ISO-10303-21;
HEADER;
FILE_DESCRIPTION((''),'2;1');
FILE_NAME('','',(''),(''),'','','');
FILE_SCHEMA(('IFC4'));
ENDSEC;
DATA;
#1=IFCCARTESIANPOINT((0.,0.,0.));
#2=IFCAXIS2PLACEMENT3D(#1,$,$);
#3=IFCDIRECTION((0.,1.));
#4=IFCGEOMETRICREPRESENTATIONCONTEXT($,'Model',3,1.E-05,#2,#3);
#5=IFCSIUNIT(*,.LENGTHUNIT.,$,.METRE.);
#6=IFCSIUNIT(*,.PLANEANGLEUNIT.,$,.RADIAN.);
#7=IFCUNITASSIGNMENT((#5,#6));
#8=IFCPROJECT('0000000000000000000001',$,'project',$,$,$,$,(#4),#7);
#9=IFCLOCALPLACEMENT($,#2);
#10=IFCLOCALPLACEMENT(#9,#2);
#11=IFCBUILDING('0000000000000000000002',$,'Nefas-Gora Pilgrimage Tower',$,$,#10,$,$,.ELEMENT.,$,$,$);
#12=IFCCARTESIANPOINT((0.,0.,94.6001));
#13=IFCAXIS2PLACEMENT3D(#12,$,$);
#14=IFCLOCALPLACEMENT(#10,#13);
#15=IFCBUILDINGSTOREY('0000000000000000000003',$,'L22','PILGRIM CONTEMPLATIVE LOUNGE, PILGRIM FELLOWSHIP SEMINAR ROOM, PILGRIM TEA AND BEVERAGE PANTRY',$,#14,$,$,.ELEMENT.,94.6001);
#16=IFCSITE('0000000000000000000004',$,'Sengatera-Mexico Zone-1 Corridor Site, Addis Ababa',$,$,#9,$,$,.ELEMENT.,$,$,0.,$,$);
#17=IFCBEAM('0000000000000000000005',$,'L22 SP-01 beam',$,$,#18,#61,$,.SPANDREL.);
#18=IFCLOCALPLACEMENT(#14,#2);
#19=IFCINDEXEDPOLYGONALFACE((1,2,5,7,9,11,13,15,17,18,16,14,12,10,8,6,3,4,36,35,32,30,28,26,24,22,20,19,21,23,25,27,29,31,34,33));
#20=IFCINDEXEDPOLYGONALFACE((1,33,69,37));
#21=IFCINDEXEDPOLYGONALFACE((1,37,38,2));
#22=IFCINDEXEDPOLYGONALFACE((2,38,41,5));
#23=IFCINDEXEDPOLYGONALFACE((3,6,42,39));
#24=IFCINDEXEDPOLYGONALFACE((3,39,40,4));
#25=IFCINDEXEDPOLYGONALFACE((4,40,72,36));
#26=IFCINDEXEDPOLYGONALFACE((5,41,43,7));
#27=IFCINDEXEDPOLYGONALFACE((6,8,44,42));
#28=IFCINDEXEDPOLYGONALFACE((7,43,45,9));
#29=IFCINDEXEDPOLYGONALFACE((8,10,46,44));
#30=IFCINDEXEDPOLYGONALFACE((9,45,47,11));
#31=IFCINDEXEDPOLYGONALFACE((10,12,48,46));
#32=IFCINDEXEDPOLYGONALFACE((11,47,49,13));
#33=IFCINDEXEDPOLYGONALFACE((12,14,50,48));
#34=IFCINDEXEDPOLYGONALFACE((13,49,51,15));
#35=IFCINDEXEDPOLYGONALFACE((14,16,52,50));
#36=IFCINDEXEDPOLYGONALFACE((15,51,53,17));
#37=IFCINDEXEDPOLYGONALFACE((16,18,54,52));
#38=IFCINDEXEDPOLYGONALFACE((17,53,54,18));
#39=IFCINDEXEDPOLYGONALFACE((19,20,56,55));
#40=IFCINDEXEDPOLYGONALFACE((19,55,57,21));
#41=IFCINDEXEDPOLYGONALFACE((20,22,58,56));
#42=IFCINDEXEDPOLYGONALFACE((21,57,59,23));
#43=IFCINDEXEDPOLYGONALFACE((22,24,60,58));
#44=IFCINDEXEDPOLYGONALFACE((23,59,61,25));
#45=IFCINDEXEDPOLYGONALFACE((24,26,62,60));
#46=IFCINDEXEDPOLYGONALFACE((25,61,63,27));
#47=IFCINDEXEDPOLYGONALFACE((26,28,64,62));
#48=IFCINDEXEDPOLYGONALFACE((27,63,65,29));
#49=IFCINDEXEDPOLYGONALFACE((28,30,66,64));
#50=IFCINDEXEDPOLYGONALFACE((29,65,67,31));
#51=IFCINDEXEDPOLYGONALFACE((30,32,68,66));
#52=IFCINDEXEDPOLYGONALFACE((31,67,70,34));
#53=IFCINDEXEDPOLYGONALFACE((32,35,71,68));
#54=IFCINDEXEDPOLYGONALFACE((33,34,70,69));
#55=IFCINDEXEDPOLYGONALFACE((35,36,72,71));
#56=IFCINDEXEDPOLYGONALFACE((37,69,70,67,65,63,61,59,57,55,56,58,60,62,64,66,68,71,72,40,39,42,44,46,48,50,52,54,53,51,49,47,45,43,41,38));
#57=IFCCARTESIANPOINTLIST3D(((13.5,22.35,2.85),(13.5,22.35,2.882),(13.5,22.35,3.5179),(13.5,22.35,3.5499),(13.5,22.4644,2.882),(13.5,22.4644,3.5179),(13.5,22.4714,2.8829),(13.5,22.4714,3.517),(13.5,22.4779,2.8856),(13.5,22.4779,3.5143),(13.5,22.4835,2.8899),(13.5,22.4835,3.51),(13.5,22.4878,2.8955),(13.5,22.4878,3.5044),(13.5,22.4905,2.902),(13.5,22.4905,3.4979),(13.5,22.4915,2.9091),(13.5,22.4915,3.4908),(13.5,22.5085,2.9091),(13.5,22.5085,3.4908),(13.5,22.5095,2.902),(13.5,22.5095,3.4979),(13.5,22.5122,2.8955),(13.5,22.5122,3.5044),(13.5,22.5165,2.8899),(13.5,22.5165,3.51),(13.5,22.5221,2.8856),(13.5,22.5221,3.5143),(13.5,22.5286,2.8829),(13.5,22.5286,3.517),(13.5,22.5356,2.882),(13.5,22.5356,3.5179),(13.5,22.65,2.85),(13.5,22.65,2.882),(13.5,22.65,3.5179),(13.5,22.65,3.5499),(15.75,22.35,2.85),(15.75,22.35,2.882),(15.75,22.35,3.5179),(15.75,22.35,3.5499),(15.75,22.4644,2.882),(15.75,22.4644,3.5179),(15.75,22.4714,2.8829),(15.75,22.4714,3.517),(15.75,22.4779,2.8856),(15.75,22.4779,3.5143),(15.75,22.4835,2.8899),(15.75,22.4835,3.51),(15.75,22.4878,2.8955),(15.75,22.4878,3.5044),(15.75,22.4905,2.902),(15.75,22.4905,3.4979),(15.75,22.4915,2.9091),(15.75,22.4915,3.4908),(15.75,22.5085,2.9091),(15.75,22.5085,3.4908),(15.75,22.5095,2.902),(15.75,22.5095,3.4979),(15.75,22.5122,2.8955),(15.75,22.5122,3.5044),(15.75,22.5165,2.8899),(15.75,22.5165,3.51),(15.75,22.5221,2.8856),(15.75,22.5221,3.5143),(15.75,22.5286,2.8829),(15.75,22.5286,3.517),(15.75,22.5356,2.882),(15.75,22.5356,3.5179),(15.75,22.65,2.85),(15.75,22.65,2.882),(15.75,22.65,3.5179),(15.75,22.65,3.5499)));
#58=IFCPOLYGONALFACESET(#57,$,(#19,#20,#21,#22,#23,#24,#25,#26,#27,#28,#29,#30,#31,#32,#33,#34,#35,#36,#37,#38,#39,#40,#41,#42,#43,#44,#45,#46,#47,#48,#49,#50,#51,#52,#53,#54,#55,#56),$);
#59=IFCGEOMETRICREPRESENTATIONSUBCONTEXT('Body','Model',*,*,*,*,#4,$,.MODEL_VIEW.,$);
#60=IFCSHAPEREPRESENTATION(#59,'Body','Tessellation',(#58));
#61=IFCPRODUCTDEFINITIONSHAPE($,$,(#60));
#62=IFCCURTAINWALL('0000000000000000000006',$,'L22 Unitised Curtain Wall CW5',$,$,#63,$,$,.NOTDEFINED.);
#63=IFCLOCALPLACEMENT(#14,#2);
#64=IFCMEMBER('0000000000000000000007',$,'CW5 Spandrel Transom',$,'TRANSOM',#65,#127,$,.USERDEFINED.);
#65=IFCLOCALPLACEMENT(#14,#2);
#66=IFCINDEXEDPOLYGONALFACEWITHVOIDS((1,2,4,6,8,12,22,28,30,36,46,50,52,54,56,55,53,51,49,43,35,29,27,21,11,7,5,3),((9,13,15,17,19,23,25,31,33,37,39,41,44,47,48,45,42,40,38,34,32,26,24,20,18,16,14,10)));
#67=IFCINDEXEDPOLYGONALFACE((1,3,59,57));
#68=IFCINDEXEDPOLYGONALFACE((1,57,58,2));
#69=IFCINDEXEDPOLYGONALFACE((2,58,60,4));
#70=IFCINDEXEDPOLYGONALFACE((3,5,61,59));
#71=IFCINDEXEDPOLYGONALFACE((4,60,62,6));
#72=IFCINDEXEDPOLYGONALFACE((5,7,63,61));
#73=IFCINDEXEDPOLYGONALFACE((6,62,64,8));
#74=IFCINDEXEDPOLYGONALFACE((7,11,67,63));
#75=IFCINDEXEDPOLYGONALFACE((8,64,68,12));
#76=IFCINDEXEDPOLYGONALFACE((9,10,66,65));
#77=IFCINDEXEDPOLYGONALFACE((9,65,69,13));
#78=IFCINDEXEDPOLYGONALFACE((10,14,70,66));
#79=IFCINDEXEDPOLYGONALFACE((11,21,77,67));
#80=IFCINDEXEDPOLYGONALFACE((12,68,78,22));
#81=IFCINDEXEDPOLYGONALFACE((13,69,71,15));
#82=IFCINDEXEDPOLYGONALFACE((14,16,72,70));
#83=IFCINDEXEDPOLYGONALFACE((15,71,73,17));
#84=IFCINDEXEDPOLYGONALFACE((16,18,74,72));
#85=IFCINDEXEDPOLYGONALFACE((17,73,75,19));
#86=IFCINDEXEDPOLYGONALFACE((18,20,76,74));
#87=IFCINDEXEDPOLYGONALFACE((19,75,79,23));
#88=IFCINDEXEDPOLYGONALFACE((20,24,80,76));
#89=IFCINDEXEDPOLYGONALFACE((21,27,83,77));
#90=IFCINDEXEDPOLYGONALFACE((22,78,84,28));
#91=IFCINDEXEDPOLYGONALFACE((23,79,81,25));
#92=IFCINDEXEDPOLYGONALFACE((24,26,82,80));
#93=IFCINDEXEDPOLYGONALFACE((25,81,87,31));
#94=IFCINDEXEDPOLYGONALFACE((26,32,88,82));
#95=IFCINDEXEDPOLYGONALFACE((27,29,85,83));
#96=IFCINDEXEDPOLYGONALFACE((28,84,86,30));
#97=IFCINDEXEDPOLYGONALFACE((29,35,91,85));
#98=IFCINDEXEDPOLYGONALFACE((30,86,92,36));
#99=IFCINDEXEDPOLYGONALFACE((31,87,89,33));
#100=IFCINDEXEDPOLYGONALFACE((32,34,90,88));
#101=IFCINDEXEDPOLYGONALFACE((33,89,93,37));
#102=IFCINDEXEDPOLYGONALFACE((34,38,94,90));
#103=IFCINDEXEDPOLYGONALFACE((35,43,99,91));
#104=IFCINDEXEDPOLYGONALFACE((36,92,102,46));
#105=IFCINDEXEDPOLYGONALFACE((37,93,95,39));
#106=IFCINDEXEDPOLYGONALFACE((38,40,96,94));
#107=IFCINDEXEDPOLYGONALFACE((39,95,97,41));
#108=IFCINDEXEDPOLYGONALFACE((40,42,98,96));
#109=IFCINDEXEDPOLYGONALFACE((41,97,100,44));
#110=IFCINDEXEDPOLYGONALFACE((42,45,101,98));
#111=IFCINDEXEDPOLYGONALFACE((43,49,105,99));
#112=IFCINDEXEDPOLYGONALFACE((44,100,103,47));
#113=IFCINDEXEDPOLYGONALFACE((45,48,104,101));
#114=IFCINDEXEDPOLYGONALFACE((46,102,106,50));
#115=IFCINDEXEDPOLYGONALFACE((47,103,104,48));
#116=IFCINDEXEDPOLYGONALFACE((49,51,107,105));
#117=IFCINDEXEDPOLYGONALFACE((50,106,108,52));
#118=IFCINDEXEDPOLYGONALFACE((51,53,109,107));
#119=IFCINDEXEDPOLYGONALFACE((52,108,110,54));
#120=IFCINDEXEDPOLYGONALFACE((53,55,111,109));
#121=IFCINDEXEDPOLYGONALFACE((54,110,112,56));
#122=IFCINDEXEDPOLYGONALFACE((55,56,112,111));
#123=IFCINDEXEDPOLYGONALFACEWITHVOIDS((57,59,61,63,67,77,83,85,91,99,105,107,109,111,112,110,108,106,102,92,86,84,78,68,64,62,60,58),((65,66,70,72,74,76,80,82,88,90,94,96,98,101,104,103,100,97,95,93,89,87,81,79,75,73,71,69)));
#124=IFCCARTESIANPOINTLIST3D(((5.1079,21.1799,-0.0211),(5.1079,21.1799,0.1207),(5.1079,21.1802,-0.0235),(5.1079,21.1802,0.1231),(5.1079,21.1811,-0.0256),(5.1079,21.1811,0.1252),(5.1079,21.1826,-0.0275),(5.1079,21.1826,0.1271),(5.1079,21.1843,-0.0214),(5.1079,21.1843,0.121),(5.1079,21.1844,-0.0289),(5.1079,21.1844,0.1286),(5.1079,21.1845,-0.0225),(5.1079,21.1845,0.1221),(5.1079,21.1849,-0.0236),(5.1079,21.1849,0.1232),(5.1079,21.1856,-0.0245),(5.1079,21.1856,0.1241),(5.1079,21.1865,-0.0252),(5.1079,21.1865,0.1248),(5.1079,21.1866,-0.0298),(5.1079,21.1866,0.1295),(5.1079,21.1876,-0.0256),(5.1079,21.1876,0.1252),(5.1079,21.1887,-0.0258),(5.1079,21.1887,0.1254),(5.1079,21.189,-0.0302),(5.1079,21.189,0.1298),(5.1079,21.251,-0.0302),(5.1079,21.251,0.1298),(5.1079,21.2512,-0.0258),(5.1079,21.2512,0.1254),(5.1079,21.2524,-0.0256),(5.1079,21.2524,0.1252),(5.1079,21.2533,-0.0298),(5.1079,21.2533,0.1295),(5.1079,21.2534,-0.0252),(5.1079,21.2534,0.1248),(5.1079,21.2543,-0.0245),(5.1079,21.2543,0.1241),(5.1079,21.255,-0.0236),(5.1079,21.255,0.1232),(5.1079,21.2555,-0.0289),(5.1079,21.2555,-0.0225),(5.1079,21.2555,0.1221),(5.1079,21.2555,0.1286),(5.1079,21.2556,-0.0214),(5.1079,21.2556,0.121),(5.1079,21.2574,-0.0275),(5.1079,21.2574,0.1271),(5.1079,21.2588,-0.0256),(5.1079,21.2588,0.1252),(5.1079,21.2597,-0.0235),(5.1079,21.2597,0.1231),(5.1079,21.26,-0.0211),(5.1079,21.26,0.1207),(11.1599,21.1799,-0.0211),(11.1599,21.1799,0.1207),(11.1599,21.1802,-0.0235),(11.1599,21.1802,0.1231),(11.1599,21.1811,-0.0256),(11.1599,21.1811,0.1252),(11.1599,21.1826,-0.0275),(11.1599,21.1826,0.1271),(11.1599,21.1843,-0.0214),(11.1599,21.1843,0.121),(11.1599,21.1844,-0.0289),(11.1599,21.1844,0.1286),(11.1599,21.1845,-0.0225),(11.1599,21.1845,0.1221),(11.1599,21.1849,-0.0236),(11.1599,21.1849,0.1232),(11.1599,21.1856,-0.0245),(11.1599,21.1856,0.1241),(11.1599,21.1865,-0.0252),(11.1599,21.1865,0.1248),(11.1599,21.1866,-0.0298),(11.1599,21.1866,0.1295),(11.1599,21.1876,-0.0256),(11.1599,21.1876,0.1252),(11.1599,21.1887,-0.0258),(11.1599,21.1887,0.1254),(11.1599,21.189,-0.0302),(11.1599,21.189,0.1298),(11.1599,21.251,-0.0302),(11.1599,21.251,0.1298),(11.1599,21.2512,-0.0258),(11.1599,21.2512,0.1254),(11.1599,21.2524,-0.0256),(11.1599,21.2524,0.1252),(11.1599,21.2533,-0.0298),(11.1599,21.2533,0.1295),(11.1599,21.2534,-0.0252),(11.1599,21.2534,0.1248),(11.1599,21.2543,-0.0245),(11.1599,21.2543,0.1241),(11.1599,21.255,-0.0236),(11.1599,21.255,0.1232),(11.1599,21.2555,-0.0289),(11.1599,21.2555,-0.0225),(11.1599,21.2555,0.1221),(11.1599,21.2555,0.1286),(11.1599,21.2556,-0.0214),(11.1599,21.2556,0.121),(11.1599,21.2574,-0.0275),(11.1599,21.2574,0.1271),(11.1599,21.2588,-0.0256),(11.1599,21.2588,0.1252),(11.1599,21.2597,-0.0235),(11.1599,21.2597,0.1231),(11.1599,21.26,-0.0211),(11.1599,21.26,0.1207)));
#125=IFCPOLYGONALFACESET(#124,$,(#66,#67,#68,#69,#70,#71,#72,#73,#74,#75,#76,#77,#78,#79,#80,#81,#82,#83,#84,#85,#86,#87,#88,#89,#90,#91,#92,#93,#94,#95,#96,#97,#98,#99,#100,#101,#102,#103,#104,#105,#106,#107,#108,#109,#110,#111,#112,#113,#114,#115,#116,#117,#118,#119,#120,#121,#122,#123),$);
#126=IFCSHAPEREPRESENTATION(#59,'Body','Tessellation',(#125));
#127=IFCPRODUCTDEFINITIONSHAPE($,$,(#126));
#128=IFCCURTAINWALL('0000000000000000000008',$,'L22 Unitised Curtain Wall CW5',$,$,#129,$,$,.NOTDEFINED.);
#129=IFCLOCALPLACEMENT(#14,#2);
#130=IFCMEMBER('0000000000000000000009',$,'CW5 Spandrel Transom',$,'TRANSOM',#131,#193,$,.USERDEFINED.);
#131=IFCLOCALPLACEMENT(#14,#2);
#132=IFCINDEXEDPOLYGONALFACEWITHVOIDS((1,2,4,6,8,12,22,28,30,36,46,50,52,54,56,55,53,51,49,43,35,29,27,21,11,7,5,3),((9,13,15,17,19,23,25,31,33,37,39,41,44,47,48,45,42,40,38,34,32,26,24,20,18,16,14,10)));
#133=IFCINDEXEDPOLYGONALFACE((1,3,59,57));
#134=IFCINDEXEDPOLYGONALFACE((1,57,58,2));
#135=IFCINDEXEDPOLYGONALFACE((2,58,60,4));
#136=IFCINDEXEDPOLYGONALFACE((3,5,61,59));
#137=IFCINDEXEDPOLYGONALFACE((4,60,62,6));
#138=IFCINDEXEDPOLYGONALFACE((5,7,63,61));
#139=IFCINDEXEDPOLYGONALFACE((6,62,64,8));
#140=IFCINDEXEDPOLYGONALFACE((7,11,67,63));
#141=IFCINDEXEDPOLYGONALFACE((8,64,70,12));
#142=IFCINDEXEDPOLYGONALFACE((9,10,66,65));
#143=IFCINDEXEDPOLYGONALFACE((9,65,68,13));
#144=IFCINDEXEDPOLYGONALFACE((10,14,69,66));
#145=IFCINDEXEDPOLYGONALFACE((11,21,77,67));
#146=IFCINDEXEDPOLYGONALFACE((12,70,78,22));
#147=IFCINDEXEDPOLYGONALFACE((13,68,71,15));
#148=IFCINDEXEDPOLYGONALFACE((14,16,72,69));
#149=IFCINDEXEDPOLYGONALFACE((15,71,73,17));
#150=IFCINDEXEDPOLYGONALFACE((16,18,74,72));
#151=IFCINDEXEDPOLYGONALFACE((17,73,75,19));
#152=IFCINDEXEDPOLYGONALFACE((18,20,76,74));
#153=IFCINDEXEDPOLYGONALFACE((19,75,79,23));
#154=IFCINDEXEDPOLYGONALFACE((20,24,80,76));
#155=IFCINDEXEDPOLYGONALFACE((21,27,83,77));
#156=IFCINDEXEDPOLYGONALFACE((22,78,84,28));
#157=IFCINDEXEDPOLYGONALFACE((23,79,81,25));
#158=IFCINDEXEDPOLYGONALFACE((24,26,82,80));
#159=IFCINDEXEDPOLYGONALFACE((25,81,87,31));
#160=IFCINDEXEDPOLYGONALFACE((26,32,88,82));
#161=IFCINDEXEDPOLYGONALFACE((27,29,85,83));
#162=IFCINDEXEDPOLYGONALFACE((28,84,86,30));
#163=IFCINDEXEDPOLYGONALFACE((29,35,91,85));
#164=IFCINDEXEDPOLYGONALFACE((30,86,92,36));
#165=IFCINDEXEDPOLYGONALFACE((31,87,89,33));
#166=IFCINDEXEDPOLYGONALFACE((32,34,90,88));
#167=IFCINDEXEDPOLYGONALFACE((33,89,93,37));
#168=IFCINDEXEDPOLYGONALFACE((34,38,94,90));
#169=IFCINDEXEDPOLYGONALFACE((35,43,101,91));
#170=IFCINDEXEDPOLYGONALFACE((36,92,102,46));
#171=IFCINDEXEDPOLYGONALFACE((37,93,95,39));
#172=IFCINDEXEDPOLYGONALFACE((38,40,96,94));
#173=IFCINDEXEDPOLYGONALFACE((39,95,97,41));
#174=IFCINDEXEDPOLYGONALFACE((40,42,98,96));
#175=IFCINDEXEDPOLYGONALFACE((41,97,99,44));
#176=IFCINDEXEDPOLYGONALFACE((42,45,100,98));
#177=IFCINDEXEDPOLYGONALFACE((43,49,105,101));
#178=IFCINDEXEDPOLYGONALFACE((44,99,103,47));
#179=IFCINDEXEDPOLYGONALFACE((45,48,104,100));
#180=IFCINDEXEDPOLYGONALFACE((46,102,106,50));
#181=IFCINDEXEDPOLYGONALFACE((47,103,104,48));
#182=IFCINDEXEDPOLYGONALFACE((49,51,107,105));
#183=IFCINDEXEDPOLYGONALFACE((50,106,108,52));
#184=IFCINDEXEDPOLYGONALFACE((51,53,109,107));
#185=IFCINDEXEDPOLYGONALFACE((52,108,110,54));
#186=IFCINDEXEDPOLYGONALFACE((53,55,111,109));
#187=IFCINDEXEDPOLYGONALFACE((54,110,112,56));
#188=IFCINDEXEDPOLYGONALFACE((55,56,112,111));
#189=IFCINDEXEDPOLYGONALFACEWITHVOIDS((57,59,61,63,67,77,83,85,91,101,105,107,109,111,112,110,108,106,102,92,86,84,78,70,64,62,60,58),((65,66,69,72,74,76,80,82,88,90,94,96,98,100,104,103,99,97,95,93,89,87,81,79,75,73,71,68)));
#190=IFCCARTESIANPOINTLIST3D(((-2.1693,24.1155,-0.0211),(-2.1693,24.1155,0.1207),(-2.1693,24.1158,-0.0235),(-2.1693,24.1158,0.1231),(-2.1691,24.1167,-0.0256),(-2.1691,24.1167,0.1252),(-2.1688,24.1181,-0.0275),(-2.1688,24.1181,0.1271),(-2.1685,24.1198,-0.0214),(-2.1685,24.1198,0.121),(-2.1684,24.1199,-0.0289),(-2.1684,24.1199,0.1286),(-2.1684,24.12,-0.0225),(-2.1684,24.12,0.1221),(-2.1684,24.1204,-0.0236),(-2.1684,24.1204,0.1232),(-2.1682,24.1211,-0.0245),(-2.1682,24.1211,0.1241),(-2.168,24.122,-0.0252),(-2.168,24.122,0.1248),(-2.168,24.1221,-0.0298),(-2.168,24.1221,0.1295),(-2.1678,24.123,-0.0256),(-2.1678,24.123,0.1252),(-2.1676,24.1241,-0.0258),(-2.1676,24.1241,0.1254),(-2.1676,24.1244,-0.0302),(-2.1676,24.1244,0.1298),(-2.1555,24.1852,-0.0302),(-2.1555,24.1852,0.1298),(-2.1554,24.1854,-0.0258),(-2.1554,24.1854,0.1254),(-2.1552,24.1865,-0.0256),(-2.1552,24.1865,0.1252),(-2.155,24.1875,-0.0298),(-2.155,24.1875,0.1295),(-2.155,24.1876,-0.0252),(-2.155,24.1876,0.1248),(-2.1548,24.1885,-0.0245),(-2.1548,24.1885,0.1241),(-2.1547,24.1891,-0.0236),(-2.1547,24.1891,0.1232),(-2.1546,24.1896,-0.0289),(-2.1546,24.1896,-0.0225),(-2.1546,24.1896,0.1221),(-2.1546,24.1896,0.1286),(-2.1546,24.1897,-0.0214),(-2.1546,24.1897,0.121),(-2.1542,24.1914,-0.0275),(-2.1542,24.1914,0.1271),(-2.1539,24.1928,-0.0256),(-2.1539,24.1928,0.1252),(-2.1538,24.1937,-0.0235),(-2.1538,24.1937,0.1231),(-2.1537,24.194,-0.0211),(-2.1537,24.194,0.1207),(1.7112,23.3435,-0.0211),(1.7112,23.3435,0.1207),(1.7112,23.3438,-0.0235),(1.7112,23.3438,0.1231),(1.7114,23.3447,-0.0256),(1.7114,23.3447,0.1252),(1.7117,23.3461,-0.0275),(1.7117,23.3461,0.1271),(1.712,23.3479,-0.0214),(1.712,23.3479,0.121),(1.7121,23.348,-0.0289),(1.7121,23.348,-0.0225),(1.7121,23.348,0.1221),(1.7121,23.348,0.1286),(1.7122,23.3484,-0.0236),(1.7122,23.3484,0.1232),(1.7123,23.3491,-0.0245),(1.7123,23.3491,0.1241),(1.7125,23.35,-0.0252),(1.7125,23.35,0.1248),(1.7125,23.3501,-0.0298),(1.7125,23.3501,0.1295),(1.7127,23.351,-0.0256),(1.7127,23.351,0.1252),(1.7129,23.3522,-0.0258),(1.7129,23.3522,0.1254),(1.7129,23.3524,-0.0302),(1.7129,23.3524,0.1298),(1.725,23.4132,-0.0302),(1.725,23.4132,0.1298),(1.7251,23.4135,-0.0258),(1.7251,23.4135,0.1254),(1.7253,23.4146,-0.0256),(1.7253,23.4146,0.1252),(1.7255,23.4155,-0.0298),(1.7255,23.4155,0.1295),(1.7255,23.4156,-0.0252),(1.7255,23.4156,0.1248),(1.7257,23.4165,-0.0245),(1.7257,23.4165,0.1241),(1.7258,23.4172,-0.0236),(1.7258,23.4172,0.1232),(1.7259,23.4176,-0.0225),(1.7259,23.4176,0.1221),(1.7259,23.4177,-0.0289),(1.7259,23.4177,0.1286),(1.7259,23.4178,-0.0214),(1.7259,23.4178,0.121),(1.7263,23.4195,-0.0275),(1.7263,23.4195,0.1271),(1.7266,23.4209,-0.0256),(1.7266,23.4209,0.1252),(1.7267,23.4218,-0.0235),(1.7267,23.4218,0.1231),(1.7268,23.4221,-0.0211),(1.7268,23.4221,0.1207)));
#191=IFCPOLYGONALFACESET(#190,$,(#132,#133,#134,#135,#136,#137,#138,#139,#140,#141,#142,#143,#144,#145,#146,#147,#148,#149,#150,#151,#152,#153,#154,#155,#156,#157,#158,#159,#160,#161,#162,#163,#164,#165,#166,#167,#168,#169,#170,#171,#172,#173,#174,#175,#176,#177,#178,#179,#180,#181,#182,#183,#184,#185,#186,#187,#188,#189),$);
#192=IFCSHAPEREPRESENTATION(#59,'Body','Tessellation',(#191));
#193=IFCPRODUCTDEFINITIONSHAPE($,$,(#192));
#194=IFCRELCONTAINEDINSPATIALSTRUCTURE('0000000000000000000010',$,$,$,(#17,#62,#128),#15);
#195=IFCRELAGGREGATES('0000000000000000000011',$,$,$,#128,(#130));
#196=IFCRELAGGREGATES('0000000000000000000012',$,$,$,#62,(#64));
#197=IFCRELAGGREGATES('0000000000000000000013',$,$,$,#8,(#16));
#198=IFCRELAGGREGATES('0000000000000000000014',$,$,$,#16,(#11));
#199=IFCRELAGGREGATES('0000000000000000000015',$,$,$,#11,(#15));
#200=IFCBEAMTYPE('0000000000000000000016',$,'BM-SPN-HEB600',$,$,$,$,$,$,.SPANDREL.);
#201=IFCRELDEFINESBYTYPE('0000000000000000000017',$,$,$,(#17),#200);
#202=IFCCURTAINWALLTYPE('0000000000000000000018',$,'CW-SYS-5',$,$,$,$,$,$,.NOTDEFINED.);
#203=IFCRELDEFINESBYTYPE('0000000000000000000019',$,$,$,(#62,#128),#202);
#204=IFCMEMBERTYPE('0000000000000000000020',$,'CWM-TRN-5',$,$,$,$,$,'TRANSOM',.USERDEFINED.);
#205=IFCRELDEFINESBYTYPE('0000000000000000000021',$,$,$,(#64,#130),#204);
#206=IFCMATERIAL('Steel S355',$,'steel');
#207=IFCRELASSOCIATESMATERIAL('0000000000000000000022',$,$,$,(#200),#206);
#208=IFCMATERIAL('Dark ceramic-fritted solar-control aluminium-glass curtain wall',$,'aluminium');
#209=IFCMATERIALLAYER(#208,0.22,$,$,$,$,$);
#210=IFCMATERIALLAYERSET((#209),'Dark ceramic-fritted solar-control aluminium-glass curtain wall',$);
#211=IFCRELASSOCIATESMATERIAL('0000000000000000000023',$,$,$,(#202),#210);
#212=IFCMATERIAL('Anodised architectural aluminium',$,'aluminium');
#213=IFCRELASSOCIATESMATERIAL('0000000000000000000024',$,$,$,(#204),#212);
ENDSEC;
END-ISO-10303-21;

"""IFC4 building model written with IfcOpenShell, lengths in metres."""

from ifc_helpers import new_model, si_unit, direction, frame, origin, origin_2d, place, context, subcontext, project, spatial, hollow_rectangle, i_section, extrude, source, transform, mapped, material, layer, layer_set, material_profile, profile_set, type_object, element, aggregate, save


model = new_model("IFC4")

# Units and contexts
model_context = context("Model", 3, precision=1e-05, world=origin(), true_north=direction((0.0, 1.0)))
body_context = subcontext(model_context, "Body", "Model", "MODEL_VIEW")
ifc_project = project(units=[si_unit("LENGTHUNIT", "METRE"), si_unit("PLANEANGLEUNIT", "RADIAN")], contexts=[model_context])

# Site, building, storey
site_placement = place(None, origin())
site = spatial("IfcSite", under=ifc_project, at=site_placement, Name="Sengatera-Mexico Zone-1 Corridor Site, Addis Ababa", CompositionType="ELEMENT", RefElevation=0.0)
building_placement = place(site_placement, origin())
building = spatial("IfcBuilding", under=site, at=building_placement, Name="Nefas-Gora Pilgrimage Tower", CompositionType="ELEMENT")
storey_placement = place(building_placement, frame((0.0, 0.0, 94.6001)))
storey = spatial("IfcBuildingStorey", under=building, at=storey_placement, Name="L22", Description="PILGRIM CONTEMPLATIVE LOUNGE, PILGRIM FELLOWSHIP SEMINAR ROOM, PILGRIM TEA AND BEVERAGE PANTRY", CompositionType="ELEMENT", Elevation=94.6001)

# Beam
ifc_material_1 = material(Name="Steel S355", Category="steel")
ifc_material_profile_1 = material_profile(ifc_material_1, i_section(OverallWidth=0.3, OverallDepth=0.7, WebThickness=0.0171, FlangeThickness=0.032, FilletRadius=0.0271, at=origin_2d()), Name="HEB 700")
ifc_profile_set_1 = profile_set([ifc_material_profile_1], Name="Steel S355")
beam_type_1 = type_object("IfcBeamType", Name="BM-SPN-HEB600", PredefinedType="SPANDREL", material=ifc_profile_set_1)
shared_shape_1 = source(origin(), body_context, "Body", "SweptSolid", [
    extrude(i_section(OverallWidth=0.3, OverallDepth=0.7, WebThickness=0.0171, FlangeThickness=0.032, FilletRadius=0.0271, at=origin_2d()), origin(), (0.0, 0.0, 1.0), 2.25),
])
beam_1_placement = place(storey_placement, frame((13.5, 22.5, 3.2), z_axis=(1.0, 0.0, 0.0), x_axis=(0.0, 1.0, 0.0)))
element("IfcBeam", 1, at=beam_1_placement, inside=storey, type_object=beam_type_1, Name="L22 SP-01 beam", PredefinedType="SPANDREL", context=body_context, shape_type="MappedRepresentation", body=[
    mapped(shared_shape_1, transform((0.0, 0.0, 0.0), x_axis=(1.0, 0.0, 0.0), y_axis=(0.0, 1.0, 0.0), z_axis=(0.0, 0.0, 1.0), scale=1.0)),
])

# Curtain walls, members
ifc_material_2 = material(Name="Dark ceramic-fritted solar-control aluminium-glass curtain wall", Category="aluminium")
ifc_layer_1 = layer(ifc_material_2, 0.22)
ifc_layer_set_1 = layer_set([ifc_layer_1], Name="Dark ceramic-fritted solar-control aluminium-glass curtain wall")
curtain_wall_type_1 = type_object("IfcCurtainWallType", Name="CW-SYS-5", PredefinedType="NOTDEFINED", material=ifc_layer_set_1)
curtain_wall_1_placement = place(storey_placement, origin())
curtain_wall_1 = element("IfcCurtainWall", 2, at=curtain_wall_1_placement, inside=storey, type_object=curtain_wall_type_1, Name="L22 Unitised Curtain Wall CW5", PredefinedType="NOTDEFINED")
ifc_material_3 = material(Name="Anodised architectural aluminium", Category="aluminium")
ifc_material_profile_2 = material_profile(ifc_material_3, hollow_rectangle(XDim=0.0801, YDim=0.1599, WallThickness=0.0044, InnerFilletRadius=0.0044, OuterFilletRadius=0.009, at=origin_2d()), Name="ALU TRANSOM 80x160")
ifc_profile_set_2 = profile_set([ifc_material_profile_2], Name="Anodised architectural aluminium")
member_type_1 = type_object("IfcMemberType", Name="CWM-TRN-5", ElementType="TRANSOM", PredefinedType="USERDEFINED", material=ifc_profile_set_2)
shared_shape_2 = source(origin(), body_context, "Body", "SweptSolid", [
    extrude(hollow_rectangle(XDim=0.0801, YDim=0.1599, WallThickness=0.0044, InnerFilletRadius=0.0044, OuterFilletRadius=0.009, at=origin_2d()), origin(), (0.0, 0.0, 1.0), 6.052),
])
member_1_placement = place(storey_placement, frame((11.1599, 21.22, 0.0498), z_axis=(-1.0, 0.0, 0.0), x_axis=(0.0, -1.0, 0.0)))
member_1 = element("IfcMember", 3, at=member_1_placement, type_object=member_type_1, Name="CW5 Spandrel Transom", ObjectType="TRANSOM", PredefinedType="USERDEFINED", context=body_context, shape_type="MappedRepresentation", body=[
    mapped(shared_shape_2, transform((0.0, 0.0, 0.0), x_axis=(1.0, 0.0, 0.0), y_axis=(0.0, 1.0, 0.0), z_axis=(0.0, 0.0, 1.0), scale=1.0)),
])
curtain_wall_2_placement = place(storey_placement, origin())
curtain_wall_2 = element("IfcCurtainWall", 4, at=curtain_wall_2_placement, inside=storey, type_object=curtain_wall_type_1, Name="L22 Unitised Curtain Wall CW5", PredefinedType="NOTDEFINED")
shared_shape_3 = source(origin(), body_context, "Body", "SweptSolid", [
    extrude(hollow_rectangle(XDim=0.0801, YDim=0.1599, WallThickness=0.0044, InnerFilletRadius=0.0044, OuterFilletRadius=0.009, at=origin_2d()), origin(), (0.0, 0.0, 1.0), 3.9565),
])
member_2_placement = place(storey_placement, frame((1.719, 23.3828, 0.0498), z_axis=(-0.980782, 0.195107, 0.0), x_axis=(-0.195107, -0.980782, 0.0)))
member_2 = element("IfcMember", 5, at=member_2_placement, type_object=member_type_1, Name="CW5 Spandrel Transom", ObjectType="TRANSOM", PredefinedType="USERDEFINED", context=body_context, shape_type="MappedRepresentation", body=[
    mapped(shared_shape_3, transform((0.0, 0.0, 0.0), x_axis=(1.0, 0.0, 0.0), y_axis=(0.0, 1.0, 0.0), z_axis=(0.0, 0.0, 1.0), scale=1.0)),
])

aggregate(curtain_wall_2, [member_2])

aggregate(curtain_wall_1, [member_1])

save(model, "model.ifc")
